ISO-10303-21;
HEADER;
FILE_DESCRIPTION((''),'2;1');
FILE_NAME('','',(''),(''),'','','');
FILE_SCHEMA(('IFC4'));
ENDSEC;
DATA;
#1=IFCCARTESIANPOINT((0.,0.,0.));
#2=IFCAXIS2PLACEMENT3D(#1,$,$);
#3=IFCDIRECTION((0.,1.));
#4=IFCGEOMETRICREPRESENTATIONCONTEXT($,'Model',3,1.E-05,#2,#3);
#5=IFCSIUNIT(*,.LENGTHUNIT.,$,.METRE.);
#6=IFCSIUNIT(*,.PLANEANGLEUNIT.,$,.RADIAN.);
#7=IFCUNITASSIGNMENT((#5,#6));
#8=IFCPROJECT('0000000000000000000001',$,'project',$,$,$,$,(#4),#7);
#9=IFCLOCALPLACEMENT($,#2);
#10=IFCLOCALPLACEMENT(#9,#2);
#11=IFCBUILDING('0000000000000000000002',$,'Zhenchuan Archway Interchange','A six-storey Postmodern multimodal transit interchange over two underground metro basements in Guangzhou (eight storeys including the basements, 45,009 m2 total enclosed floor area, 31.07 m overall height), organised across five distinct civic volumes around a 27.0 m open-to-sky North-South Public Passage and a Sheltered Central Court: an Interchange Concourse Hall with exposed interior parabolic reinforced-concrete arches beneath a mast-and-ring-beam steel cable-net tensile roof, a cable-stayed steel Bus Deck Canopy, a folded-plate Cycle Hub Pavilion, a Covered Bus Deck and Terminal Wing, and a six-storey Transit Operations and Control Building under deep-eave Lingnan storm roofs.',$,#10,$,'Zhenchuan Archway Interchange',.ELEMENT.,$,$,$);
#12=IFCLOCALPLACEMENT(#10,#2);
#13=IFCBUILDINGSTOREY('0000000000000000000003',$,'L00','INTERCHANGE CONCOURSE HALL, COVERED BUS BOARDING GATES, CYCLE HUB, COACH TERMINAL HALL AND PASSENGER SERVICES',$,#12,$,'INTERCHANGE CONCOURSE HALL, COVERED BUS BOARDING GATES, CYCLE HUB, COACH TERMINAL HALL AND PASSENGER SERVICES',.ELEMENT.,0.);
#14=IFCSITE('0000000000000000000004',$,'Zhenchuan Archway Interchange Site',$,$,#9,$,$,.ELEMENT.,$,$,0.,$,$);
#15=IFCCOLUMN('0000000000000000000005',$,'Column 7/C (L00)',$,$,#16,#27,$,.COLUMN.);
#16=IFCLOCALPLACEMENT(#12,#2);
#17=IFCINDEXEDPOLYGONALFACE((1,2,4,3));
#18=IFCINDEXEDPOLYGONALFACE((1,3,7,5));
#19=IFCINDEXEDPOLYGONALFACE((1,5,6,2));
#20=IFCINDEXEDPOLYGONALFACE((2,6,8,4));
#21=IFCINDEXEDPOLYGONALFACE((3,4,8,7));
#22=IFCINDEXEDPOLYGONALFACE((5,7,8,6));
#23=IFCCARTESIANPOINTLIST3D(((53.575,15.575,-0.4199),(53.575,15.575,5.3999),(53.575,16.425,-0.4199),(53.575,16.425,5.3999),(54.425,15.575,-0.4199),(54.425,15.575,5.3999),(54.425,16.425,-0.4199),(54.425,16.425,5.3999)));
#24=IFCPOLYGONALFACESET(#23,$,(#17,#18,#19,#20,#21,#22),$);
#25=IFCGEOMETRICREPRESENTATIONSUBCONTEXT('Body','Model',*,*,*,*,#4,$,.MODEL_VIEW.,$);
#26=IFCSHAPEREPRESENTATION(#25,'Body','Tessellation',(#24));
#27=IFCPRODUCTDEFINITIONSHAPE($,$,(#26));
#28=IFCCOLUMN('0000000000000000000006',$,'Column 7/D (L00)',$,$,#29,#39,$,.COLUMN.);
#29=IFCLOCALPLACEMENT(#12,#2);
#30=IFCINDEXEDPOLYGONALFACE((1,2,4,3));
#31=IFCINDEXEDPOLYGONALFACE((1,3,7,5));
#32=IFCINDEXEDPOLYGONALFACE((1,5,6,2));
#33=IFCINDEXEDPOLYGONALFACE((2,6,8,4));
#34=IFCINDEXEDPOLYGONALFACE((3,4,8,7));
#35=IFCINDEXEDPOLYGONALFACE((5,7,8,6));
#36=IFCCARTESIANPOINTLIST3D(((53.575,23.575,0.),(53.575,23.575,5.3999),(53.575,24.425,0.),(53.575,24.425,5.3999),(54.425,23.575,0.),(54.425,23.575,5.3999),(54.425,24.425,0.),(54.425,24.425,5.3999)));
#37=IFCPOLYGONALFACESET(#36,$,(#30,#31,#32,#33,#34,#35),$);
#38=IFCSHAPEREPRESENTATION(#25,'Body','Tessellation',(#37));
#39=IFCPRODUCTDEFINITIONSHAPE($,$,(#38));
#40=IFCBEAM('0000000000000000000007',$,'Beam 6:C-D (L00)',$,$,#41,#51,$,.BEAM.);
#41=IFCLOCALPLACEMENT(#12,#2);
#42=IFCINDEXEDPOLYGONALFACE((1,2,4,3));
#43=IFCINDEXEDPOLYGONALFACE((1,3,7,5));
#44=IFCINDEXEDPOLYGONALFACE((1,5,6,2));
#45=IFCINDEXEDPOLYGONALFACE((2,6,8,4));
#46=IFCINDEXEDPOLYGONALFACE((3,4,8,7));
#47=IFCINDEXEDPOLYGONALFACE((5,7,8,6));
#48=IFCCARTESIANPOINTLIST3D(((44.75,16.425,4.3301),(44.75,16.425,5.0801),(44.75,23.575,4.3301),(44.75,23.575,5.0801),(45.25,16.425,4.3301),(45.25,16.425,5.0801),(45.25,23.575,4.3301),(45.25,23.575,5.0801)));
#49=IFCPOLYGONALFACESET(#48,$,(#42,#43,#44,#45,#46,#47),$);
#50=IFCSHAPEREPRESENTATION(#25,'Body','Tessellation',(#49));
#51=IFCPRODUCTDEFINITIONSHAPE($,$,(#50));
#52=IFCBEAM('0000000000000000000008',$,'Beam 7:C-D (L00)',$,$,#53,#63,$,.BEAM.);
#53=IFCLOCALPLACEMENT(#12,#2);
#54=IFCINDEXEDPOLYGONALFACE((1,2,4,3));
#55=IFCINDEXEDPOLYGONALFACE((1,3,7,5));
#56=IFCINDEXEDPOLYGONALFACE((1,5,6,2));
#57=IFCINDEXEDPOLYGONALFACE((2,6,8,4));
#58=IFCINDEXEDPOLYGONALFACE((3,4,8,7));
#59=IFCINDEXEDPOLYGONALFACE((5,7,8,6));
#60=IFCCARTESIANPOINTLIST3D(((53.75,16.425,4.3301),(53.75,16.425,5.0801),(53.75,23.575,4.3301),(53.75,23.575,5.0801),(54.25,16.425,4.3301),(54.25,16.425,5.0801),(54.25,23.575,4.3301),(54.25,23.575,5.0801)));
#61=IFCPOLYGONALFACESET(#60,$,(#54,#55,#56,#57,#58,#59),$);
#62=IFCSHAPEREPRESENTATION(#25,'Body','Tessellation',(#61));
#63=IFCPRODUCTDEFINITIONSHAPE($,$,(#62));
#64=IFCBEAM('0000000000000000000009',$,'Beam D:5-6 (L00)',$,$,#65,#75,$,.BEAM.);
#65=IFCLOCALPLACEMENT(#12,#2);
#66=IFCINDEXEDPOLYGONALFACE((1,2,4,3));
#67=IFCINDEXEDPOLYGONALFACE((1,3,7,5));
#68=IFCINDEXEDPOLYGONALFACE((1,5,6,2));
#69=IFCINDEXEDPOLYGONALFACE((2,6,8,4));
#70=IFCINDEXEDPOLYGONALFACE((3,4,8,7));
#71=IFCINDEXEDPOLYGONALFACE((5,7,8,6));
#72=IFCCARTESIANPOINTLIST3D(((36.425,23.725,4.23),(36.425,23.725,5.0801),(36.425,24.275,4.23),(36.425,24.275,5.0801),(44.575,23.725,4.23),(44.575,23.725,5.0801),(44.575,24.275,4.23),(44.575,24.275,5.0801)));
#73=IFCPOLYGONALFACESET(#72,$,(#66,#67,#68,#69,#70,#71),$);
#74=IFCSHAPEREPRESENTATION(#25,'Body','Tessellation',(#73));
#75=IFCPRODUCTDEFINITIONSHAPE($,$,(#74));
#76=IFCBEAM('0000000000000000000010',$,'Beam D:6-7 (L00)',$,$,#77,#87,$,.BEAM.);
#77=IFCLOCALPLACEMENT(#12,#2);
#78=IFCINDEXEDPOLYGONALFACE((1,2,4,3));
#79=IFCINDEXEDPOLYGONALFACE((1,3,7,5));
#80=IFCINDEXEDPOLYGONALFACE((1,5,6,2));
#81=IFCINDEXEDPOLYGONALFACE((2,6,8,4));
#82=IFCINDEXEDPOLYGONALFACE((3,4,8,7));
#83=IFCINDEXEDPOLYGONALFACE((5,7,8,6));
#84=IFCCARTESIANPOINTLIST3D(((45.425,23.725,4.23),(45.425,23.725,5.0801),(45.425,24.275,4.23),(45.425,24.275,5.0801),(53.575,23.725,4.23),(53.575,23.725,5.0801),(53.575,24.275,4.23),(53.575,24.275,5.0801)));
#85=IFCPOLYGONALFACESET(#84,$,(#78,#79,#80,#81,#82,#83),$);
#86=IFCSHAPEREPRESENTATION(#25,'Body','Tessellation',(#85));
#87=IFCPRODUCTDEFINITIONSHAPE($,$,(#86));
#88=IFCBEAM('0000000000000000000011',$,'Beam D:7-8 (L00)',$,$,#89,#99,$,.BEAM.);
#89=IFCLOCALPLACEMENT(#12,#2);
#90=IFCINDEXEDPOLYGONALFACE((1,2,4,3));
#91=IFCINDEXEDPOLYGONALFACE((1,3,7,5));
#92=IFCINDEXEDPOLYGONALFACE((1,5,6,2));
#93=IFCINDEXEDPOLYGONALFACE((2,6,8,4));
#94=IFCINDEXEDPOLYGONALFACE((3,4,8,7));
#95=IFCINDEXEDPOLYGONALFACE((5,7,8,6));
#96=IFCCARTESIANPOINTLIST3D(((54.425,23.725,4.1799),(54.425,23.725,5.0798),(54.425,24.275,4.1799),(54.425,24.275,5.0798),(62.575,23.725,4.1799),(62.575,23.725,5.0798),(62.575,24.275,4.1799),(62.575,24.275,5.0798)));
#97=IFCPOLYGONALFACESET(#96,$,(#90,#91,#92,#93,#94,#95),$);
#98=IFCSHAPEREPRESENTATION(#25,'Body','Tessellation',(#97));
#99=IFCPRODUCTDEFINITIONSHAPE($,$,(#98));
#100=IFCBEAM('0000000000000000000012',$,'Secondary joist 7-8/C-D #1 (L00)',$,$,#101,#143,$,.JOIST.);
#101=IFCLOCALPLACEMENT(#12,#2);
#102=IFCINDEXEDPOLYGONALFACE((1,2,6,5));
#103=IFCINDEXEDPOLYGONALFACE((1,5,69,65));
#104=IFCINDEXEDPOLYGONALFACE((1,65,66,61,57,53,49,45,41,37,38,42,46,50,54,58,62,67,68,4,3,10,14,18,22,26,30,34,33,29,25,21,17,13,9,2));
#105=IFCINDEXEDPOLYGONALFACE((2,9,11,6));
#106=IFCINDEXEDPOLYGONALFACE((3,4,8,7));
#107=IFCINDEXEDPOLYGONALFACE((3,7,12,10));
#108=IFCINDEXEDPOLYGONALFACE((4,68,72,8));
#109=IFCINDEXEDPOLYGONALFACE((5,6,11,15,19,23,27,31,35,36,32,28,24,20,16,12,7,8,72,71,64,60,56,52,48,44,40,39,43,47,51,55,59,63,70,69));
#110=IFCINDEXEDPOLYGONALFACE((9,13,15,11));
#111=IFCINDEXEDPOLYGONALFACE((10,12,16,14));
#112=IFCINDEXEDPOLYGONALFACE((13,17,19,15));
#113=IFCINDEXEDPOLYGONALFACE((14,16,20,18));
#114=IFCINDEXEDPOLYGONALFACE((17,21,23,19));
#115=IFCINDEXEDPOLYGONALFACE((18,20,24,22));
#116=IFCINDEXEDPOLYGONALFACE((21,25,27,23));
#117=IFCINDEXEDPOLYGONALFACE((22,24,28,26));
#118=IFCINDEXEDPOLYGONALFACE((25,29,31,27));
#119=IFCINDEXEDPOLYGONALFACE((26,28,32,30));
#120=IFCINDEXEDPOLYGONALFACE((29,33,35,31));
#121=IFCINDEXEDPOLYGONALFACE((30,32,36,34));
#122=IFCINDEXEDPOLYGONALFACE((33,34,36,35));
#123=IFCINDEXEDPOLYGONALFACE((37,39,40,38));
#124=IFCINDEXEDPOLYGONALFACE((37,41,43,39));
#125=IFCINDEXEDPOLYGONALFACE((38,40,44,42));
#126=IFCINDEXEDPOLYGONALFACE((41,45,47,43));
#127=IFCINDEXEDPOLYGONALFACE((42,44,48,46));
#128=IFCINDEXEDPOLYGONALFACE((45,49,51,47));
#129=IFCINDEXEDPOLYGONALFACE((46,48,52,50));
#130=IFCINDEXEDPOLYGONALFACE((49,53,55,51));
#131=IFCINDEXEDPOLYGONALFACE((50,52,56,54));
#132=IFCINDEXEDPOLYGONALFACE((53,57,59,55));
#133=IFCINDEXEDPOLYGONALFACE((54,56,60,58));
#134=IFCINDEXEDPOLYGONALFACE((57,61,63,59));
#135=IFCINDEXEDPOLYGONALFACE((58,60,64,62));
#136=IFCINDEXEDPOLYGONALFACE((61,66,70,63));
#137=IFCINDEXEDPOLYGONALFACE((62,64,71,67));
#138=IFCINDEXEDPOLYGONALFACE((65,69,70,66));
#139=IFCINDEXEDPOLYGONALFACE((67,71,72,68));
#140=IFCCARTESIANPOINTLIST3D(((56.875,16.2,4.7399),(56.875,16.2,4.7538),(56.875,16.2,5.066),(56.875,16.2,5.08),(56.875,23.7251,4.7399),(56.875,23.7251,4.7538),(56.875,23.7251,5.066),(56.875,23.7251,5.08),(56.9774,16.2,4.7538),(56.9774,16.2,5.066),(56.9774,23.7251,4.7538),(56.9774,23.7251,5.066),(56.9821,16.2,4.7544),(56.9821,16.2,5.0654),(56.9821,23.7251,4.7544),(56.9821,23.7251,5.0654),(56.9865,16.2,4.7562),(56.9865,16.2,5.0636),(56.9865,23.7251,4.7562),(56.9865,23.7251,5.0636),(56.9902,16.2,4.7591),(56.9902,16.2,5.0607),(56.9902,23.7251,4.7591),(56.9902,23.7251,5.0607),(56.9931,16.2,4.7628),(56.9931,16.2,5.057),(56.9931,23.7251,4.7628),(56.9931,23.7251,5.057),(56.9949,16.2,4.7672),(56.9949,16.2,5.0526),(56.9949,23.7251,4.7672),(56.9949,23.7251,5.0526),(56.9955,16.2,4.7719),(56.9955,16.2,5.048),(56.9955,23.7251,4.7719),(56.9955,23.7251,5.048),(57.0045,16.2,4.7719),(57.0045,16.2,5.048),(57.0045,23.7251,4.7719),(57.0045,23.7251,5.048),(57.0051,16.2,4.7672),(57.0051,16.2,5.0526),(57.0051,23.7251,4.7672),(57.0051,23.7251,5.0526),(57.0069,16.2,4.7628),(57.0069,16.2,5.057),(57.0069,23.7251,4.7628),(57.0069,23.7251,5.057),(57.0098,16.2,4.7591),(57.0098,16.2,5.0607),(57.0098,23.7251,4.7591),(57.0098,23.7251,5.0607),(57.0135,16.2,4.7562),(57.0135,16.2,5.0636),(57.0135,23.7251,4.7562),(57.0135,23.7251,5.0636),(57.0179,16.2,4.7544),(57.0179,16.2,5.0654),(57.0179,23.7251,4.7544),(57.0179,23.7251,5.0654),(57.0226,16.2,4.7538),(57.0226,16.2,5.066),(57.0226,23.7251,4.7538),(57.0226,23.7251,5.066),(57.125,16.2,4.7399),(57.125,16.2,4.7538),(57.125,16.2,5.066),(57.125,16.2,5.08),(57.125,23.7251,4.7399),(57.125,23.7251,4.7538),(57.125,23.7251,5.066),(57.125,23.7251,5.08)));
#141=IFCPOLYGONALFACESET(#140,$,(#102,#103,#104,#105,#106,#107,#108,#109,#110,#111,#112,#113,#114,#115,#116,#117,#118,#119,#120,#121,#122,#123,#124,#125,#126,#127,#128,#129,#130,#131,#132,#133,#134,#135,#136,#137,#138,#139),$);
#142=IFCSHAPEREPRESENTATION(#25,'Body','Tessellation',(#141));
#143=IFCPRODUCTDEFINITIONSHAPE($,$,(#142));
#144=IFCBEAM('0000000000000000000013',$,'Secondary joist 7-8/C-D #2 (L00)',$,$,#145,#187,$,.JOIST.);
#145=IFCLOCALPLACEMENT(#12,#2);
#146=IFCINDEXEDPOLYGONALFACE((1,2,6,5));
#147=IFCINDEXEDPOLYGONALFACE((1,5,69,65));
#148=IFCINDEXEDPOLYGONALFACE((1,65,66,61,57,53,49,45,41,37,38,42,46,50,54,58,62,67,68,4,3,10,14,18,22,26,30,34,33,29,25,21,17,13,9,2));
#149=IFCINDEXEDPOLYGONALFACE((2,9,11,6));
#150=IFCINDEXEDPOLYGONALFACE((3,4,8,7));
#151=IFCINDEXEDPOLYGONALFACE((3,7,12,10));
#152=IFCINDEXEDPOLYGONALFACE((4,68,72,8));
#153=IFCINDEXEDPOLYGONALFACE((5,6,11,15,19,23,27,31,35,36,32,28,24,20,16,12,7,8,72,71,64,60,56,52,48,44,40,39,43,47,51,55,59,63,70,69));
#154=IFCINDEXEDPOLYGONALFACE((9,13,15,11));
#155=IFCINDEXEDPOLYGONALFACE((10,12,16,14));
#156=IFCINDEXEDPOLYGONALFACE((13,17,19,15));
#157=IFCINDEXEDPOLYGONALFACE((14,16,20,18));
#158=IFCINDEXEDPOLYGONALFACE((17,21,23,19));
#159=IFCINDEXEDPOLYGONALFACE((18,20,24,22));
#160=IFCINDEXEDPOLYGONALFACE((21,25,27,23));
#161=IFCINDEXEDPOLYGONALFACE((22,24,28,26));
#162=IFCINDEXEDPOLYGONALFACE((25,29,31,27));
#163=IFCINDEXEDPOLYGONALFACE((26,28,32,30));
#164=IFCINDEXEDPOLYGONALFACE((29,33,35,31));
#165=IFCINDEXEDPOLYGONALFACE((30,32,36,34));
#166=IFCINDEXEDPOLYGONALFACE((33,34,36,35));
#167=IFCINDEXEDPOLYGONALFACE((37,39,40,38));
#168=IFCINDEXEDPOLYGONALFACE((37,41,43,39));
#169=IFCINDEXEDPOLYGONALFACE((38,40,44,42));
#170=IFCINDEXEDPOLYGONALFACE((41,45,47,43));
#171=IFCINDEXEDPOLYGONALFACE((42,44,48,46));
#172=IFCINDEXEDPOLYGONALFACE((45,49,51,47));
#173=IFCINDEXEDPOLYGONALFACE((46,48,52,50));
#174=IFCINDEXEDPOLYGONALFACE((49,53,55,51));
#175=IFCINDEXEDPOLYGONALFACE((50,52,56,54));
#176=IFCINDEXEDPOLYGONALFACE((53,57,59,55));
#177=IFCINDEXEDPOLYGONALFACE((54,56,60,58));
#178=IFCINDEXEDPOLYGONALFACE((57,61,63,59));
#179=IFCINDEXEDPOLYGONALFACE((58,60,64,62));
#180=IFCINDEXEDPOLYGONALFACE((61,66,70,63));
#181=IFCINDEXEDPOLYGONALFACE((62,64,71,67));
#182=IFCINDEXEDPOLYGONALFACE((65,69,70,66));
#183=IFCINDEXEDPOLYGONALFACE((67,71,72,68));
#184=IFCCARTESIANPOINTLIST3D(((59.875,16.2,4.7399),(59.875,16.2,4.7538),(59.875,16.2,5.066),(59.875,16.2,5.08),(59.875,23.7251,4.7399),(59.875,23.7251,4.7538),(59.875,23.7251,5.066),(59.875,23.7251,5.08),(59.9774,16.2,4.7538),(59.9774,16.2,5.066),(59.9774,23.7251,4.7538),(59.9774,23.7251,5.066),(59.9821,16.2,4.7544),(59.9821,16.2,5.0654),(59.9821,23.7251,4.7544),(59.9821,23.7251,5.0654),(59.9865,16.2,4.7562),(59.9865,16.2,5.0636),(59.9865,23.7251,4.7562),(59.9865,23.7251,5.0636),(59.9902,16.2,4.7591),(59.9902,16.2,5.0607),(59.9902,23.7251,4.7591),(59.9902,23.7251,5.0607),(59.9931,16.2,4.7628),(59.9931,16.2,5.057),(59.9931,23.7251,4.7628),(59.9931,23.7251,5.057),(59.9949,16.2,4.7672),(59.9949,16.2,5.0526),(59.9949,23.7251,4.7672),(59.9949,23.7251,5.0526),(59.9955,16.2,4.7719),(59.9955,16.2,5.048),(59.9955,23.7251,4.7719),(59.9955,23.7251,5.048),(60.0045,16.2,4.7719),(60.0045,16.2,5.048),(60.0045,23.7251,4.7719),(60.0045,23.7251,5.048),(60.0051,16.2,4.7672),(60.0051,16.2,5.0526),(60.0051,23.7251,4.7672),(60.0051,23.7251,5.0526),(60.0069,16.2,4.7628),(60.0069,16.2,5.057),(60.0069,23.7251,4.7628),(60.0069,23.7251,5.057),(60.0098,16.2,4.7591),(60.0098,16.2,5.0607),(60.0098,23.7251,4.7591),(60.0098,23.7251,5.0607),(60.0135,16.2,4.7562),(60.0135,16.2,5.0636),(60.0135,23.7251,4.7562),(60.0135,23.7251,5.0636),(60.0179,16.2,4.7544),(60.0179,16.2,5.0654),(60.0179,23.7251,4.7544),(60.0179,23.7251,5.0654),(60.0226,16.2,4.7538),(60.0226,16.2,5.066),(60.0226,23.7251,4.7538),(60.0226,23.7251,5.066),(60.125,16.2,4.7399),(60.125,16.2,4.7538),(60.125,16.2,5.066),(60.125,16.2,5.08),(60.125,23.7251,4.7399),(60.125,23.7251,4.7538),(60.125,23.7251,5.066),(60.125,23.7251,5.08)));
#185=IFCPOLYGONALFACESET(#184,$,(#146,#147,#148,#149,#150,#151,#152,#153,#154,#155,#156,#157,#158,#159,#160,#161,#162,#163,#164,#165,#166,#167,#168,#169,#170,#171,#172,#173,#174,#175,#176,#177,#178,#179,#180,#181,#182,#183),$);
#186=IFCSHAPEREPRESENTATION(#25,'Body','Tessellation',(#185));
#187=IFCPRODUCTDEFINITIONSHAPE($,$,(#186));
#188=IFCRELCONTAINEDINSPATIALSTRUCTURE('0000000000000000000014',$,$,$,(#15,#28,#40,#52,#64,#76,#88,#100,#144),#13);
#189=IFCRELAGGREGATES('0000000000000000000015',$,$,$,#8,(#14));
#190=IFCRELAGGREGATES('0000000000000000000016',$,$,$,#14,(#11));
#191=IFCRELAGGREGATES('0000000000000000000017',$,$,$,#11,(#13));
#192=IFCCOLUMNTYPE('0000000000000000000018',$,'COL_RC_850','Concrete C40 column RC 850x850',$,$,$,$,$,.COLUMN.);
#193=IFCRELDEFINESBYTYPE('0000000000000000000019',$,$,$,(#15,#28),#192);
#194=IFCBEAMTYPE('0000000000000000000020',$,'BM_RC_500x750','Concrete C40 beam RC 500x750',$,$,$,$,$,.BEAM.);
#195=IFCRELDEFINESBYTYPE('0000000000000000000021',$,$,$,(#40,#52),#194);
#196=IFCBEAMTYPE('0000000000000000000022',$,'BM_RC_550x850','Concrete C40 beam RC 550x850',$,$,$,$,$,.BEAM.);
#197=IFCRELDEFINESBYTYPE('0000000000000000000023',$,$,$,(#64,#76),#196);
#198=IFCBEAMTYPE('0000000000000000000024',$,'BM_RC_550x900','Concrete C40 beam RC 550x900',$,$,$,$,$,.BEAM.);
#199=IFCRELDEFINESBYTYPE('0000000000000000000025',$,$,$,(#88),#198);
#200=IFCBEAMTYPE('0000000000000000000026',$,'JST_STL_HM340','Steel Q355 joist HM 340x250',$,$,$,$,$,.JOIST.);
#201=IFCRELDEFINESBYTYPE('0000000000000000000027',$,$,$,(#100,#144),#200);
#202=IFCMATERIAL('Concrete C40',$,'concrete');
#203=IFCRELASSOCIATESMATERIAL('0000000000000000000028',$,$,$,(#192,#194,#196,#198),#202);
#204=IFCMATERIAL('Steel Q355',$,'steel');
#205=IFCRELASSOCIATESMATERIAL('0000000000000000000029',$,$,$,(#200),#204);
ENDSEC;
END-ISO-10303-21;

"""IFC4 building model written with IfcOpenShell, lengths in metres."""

from ifc_helpers import new_model, si_unit, direction, frame, origin, origin_2d, place, context, subcontext, project, spatial, rectangle, i_section, extrude, material, material_profile, profile_set, type_object, element, save


model = new_model("IFC4")

# Units and contexts
model_context = context("Model", 3, precision=1e-05, world=origin(), true_north=direction((0.0, 1.0)))
body_context = subcontext(model_context, "Body", "Model", "MODEL_VIEW")
ifc_project = project(units=[si_unit("LENGTHUNIT", "METRE"), si_unit("PLANEANGLEUNIT", "RADIAN")], contexts=[model_context])

# Site, building, storey
site_placement = place(None, origin())
site = spatial("IfcSite", under=ifc_project, at=site_placement, Name="Zhenchuan Archway Interchange Site", CompositionType="ELEMENT", RefElevation=0.0)
building_placement = place(site_placement, origin())
building = spatial("IfcBuilding", under=site, at=building_placement, Name="Zhenchuan Archway Interchange", Description="A six-storey Postmodern multimodal transit interchange over two underground metro basements in Guangzhou (eight storeys including the basements, 45,009 m2 total enclosed floor area, 31.07 m overall height), organised across five distinct civic volumes around a 27.0 m open-to-sky North-South Public Passage and a Sheltered Central Court: an Interchange Concourse Hall with exposed interior parabolic reinforced-concrete arches beneath a mast-and-ring-beam steel cable-net tensile roof, a cable-stayed steel Bus Deck Canopy, a folded-plate Cycle Hub Pavilion, a Covered Bus Deck and Terminal Wing, and a six-storey Transit Operations and Control Building under deep-eave Lingnan storm roofs.", LongName="Zhenchuan Archway Interchange", CompositionType="ELEMENT")
storey_placement = place(building_placement, origin())
storey = spatial("IfcBuildingStorey", under=building, at=storey_placement, Name="L00", Description="INTERCHANGE CONCOURSE HALL, COVERED BUS BOARDING GATES, CYCLE HUB, COACH TERMINAL HALL AND PASSENGER SERVICES", LongName="INTERCHANGE CONCOURSE HALL, COVERED BUS BOARDING GATES, CYCLE HUB, COACH TERMINAL HALL AND PASSENGER SERVICES", CompositionType="ELEMENT", Elevation=0.0)

# Shared definitions
ifc_material_1 = material(Name="Concrete C40", Category="concrete")

# Columns
ifc_material_profile_1 = material_profile(ifc_material_1, rectangle(XDim=0.8501, YDim=0.8501, at=origin_2d()), Name="RC 850x850")
ifc_profile_set_1 = profile_set([ifc_material_profile_1], Name="Concrete C40")
column_type = type_object("IfcColumnType", Name="COL_RC_850", Description="Concrete C40 column RC 850x850", PredefinedType="COLUMN", material=ifc_profile_set_1)
column_1_placement = place(storey_placement, frame((54.0, 16.0, -0.4199), z_axis=(0.0, 0.0, 1.0), x_axis=(1.0, 0.0, 0.0)))
element("IfcColumn", 1, at=column_1_placement, inside=storey, type_object=column_type, Name="Column 7/C (L00)", PredefinedType="COLUMN", context=body_context, shape_type="SweptSolid", body=[
    extrude(rectangle(XDim=0.8501, YDim=0.8501, at=origin_2d()), origin(), (0.0, 0.0, 1.0), 5.8198),
])
column_2_placement = place(storey_placement, frame((54.0, 24.0, 0.0), z_axis=(0.0, 0.0, 1.0), x_axis=(1.0, 0.0, 0.0)))
element("IfcColumn", 2, at=column_2_placement, inside=storey, type_object=column_type, Name="Column 7/D (L00)", PredefinedType="COLUMN", context=body_context, shape_type="SweptSolid", body=[
    extrude(rectangle(XDim=0.8501, YDim=0.8501, at=origin_2d()), origin(), (0.0, 0.0, 1.0), 5.3999),
])

# Beams
ifc_material_profile_2 = material_profile(ifc_material_1, rectangle(XDim=0.5, YDim=0.75, at=origin_2d()), Name="RC 500x750")
ifc_profile_set_2 = profile_set([ifc_material_profile_2], Name="Concrete C40")
beam_type_1 = type_object("IfcBeamType", Name="BM_RC_500x750", Description="Concrete C40 beam RC 500x750", PredefinedType="BEAM", material=ifc_profile_set_2)
for number, where, z_axis, x_axis, name in (
    (3, (45.0, 16.425, 4.7051), (0.0, 1.0, 0.0), (-1.0, 0.0, 0.0), "Beam 6:C-D (L00)"),
    (4, (54.0, 16.425, 4.7051), (0.0, 1.0, 0.0), (-1.0, 0.0, 0.0), "Beam 7:C-D (L00)"),
):
    element("IfcBeam", number, at=place(storey_placement, frame(where, z_axis=z_axis, x_axis=x_axis)), inside=storey, type_object=beam_type_1, Name=name, PredefinedType="BEAM", context=body_context, shape_type="SweptSolid", body=[
        extrude(rectangle(XDim=0.5, YDim=0.75, at=origin_2d()), origin(), (0.0, 0.0, 1.0), 7.1499),
    ])
ifc_material_profile_3 = material_profile(ifc_material_1, rectangle(XDim=0.55, YDim=0.8501, at=origin_2d()), Name="RC 550x850")
ifc_profile_set_3 = profile_set([ifc_material_profile_3], Name="Concrete C40")
beam_type_2 = type_object("IfcBeamType", Name="BM_RC_550x850", Description="Concrete C40 beam RC 550x850", PredefinedType="BEAM", material=ifc_profile_set_3)
for number, where, z_axis, x_axis, name in (
    (5, (36.425, 24.0, 4.655), (1.0, 0.0, 0.0), (0.0, 1.0, 0.0), "Beam D:5-6 (L00)"),
    (6, (45.425, 24.0, 4.655), (1.0, 0.0, 0.0), (0.0, 1.0, 0.0), "Beam D:6-7 (L00)"),
):
    element("IfcBeam", number, at=place(storey_placement, frame(where, z_axis=z_axis, x_axis=x_axis)), inside=storey, type_object=beam_type_2, Name=name, PredefinedType="BEAM", context=body_context, shape_type="SweptSolid", body=[
        extrude(rectangle(XDim=0.55, YDim=0.8501, at=origin_2d()), origin(), (0.0, 0.0, 1.0), 8.1499),
    ])
ifc_material_profile_4 = material_profile(ifc_material_1, rectangle(XDim=0.55, YDim=0.8999, at=origin_2d()), Name="RC 550x900")
ifc_profile_set_4 = profile_set([ifc_material_profile_4], Name="Concrete C40")
beam_type_3 = type_object("IfcBeamType", Name="BM_RC_550x900", Description="Concrete C40 beam RC 550x900", PredefinedType="BEAM", material=ifc_profile_set_4)
beam_1_placement = place(storey_placement, frame((54.425, 24.0, 4.6299), z_axis=(1.0, 0.0, 0.0), x_axis=(0.0, 1.0, 0.0)))
element("IfcBeam", 7, at=beam_1_placement, inside=storey, type_object=beam_type_3, Name="Beam D:7-8 (L00)", PredefinedType="BEAM", context=body_context, shape_type="SweptSolid", body=[
    extrude(rectangle(XDim=0.55, YDim=0.8999, at=origin_2d()), origin(), (0.0, 0.0, 1.0), 8.1499),
])
ifc_material_2 = material(Name="Steel Q355", Category="steel")
ifc_material_profile_5 = material_profile(ifc_material_2, i_section(OverallWidth=0.25, OverallDepth=0.3401, WebThickness=0.009, FlangeThickness=0.0139, FilletRadius=0.0181, at=origin_2d()), Name="HM 340x250")
ifc_profile_set_5 = profile_set([ifc_material_profile_5], Name="Steel Q355")
beam_type_4 = type_object("IfcBeamType", Name="JST_STL_HM340", Description="Steel Q355 joist HM 340x250", PredefinedType="JOIST", material=ifc_profile_set_5)
for number, where, z_axis, x_axis, name in (
    (8, (57.0, 16.2, 4.9099), (0.0, 1.0, 0.0), (-1.0, 0.0, 0.0), "Secondary joist 7-8/C-D #1 (L00)"),
    (9, (60.0, 16.2, 4.9099), (0.0, 1.0, 0.0), (-1.0, 0.0, 0.0), "Secondary joist 7-8/C-D #2 (L00)"),
):
    element("IfcBeam", number, at=place(storey_placement, frame(where, z_axis=z_axis, x_axis=x_axis)), inside=storey, type_object=beam_type_4, Name=name, PredefinedType="JOIST", context=body_context, shape_type="SweptSolid", body=[
        extrude(i_section(OverallWidth=0.25, OverallDepth=0.3401, WebThickness=0.009, FlangeThickness=0.0139, FilletRadius=0.0181, at=origin_2d()), origin(), (0.0, 0.0, 1.0), 7.5251),
    ])

save(model, "model.ifc")
